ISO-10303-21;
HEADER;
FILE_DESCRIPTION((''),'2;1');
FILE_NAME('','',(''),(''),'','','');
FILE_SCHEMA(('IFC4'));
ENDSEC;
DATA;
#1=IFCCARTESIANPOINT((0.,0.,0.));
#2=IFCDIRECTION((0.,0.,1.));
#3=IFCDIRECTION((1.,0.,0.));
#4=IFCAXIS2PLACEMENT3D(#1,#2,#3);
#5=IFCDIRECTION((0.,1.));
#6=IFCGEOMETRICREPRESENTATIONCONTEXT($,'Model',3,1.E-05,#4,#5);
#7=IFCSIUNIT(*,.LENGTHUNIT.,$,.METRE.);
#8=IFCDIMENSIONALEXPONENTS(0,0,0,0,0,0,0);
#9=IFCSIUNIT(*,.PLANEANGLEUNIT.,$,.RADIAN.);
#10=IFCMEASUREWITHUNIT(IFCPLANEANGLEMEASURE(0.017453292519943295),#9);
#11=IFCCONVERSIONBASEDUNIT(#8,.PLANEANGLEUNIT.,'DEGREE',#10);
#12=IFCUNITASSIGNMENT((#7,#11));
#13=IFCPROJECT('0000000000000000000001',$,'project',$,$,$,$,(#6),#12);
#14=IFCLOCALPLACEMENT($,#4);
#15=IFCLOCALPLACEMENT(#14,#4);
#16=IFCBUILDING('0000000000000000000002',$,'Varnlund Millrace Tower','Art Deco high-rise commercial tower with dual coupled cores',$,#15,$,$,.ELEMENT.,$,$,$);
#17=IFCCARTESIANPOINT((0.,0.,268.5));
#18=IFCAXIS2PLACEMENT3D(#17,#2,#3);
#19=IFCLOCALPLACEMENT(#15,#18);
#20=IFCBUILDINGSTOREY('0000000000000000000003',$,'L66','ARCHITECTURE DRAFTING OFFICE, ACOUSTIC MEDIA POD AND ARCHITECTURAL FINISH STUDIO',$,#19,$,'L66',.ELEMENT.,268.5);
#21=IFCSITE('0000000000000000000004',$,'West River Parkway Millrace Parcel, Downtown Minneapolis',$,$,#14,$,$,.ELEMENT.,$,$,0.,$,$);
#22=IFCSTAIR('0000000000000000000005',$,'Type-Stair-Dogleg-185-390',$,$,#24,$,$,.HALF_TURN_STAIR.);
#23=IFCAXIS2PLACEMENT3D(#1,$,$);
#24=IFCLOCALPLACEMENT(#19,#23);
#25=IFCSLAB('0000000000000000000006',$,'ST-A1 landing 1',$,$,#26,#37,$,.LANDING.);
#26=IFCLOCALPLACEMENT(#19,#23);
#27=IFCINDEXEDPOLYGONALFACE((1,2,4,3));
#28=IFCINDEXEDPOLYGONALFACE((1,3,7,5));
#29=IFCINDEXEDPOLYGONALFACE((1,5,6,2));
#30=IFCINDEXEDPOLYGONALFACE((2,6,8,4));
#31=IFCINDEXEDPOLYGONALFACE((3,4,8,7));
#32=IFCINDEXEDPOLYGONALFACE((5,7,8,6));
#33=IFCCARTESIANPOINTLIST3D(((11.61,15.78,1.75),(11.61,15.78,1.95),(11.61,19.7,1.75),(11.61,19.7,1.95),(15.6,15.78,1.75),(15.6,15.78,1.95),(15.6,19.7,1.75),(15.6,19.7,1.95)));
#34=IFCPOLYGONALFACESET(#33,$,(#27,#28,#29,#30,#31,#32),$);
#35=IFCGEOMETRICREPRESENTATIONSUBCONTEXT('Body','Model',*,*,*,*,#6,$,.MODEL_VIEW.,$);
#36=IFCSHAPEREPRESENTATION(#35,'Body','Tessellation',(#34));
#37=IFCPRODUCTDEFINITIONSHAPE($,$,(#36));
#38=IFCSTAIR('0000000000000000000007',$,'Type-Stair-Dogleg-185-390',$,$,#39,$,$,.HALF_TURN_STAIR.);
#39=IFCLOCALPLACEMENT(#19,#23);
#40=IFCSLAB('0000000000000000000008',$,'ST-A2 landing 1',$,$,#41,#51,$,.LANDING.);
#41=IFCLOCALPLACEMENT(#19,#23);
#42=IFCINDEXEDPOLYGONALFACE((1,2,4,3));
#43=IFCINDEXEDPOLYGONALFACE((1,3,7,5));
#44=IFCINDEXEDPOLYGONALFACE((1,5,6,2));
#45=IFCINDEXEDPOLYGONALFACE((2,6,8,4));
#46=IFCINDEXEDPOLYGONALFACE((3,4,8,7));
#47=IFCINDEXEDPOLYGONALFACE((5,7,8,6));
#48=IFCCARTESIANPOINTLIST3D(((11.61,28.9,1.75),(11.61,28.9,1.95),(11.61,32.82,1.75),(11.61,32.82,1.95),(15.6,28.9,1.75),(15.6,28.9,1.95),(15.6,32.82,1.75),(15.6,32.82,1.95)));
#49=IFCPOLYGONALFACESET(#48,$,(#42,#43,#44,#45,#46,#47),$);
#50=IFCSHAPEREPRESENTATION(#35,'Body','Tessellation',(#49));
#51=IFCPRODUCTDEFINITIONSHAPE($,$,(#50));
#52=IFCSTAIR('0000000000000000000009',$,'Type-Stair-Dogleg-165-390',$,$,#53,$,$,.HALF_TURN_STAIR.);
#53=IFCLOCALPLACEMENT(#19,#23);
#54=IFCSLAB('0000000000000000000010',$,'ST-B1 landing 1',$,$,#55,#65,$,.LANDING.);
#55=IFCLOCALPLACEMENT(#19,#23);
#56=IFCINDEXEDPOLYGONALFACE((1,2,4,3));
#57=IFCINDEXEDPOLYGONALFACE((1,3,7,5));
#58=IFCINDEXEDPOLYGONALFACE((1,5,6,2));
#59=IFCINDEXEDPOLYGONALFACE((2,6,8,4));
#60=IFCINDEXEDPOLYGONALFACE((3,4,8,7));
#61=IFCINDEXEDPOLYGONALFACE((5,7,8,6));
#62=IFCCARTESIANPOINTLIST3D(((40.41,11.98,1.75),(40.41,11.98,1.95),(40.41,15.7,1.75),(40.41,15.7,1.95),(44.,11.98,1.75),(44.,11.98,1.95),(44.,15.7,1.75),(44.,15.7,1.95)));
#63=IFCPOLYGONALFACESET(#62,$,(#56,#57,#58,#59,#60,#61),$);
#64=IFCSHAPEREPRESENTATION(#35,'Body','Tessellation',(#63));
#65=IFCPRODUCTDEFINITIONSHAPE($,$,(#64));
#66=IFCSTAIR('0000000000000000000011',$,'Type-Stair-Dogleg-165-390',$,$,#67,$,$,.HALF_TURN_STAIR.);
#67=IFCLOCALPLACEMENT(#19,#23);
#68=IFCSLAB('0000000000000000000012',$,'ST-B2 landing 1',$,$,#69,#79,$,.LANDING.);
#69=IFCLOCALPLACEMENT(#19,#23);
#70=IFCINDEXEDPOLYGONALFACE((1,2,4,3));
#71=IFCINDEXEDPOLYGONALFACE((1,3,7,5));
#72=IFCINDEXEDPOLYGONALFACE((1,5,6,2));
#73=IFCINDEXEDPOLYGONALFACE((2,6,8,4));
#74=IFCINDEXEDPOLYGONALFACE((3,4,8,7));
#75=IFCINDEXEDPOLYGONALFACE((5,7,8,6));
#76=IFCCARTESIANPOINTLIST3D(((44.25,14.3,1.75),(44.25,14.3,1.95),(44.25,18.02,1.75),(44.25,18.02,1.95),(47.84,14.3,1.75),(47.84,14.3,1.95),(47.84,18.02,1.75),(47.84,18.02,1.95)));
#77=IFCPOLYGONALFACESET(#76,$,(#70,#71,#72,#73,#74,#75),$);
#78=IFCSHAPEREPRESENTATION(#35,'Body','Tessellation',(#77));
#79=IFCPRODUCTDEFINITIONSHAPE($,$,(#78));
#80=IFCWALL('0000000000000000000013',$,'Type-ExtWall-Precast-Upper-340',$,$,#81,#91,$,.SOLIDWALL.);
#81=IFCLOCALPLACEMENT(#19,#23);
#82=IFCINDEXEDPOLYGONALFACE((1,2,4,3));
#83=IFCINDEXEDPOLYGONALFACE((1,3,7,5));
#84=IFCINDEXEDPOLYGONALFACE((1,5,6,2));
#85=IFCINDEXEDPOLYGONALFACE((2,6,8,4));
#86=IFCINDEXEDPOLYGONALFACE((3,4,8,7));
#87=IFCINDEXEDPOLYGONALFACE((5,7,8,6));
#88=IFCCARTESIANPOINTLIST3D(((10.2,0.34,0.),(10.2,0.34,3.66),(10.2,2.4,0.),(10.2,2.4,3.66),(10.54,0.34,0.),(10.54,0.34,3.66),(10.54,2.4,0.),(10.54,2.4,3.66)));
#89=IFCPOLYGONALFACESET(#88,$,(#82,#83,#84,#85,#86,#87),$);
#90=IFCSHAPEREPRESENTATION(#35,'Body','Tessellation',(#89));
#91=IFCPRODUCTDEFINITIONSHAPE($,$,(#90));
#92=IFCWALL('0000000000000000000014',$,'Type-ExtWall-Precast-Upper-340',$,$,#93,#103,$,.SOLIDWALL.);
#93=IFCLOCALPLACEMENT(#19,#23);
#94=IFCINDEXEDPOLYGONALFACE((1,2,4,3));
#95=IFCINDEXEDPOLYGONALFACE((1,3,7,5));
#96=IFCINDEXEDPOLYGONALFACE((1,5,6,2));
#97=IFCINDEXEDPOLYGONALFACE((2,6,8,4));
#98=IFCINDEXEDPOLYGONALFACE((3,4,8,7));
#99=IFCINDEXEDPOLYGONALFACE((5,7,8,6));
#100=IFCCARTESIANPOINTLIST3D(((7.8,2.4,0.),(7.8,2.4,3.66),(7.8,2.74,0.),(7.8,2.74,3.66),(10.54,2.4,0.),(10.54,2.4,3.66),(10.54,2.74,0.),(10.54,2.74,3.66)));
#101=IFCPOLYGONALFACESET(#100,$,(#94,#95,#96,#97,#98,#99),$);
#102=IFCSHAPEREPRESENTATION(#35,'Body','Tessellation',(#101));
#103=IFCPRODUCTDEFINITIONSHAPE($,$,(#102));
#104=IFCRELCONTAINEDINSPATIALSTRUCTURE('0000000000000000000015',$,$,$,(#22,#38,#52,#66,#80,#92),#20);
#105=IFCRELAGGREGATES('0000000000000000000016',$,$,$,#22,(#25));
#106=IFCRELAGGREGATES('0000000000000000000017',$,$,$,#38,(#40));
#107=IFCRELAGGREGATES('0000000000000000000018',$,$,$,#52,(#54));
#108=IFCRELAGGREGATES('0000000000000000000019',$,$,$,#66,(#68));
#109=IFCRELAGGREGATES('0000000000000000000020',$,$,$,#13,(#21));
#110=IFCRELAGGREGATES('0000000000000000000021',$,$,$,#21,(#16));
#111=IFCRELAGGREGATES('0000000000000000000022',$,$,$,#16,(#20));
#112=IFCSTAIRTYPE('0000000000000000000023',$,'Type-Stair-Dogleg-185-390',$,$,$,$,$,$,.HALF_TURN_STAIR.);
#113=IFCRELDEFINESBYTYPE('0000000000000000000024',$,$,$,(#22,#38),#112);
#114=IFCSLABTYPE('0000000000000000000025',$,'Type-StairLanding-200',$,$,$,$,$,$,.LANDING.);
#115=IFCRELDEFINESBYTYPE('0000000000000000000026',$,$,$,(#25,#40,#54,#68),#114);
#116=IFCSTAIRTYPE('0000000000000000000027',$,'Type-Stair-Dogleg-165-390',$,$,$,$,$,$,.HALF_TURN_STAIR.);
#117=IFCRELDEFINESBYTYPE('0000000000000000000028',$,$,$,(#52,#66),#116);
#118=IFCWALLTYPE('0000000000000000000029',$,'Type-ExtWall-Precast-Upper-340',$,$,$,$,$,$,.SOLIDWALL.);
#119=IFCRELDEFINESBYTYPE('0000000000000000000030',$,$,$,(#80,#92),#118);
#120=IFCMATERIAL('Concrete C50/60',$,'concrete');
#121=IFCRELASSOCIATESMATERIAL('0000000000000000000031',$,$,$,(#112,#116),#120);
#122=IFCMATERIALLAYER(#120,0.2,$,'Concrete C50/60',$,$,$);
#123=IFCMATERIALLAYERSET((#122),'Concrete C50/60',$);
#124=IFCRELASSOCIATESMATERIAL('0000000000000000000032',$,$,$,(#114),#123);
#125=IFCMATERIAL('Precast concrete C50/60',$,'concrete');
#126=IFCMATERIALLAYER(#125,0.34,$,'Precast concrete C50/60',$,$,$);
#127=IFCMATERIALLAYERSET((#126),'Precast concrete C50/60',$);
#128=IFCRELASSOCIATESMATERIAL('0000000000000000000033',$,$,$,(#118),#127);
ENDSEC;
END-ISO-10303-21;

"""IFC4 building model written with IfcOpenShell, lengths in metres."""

from ifc_helpers import new_model, entity, si_unit, converted_unit, direction, frame, origin_with_axes, place, context, subcontext, project, spatial, polyline, outline, extrude, material, layer, layer_set, type_object, element, aggregate, save


model = new_model("IFC4")

# Units and contexts
model_context = context("Model", 3, precision=1e-05, world=origin_with_axes(), true_north=direction((0.0, 1.0)))
body_context = subcontext(model_context, "Body", "Model", "MODEL_VIEW")
ifc_project = project(units=[si_unit("LENGTHUNIT", "METRE"), converted_unit("PLANEANGLEUNIT", "DEGREE", entity("IfcPlaneAngleMeasure", 0.017453292519943295), si_unit("PLANEANGLEUNIT", "RADIAN"), dimensions=[0, 0, 0, 0, 0, 0, 0])], contexts=[model_context])

# Site, building, storey
site_placement = place(None, origin_with_axes())
site = spatial("IfcSite", under=ifc_project, at=site_placement, Name="West River Parkway Millrace Parcel, Downtown Minneapolis", CompositionType="ELEMENT", RefElevation=0.0)
building_placement = place(site_placement, origin_with_axes())
building = spatial("IfcBuilding", under=site, at=building_placement, Name="Varnlund Millrace Tower", Description="Art Deco high-rise commercial tower with dual coupled cores", CompositionType="ELEMENT")
storey_placement = place(building_placement, frame((0.0, 0.0, 268.5), z_axis=(0.0, 0.0, 1.0), x_axis=(1.0, 0.0, 0.0)))
storey = spatial("IfcBuildingStorey", under=building, at=storey_placement, Name="L66", Description="ARCHITECTURE DRAFTING OFFICE, ACOUSTIC MEDIA POD AND ARCHITECTURAL FINISH STUDIO", LongName="L66", CompositionType="ELEMENT", Elevation=268.5)

# Stairs, slabs
ifc_material_1 = material(Name="Concrete C50/60", Category="concrete")
stair_type_1 = type_object("IfcStairType", Name="Type-Stair-Dogleg-185-390", PredefinedType="HALF_TURN_STAIR", material=ifc_material_1)
stair_1_placement = place(storey_placement, origin_with_axes())
stair_1 = element("IfcStair", 1, at=stair_1_placement, inside=storey, type_object=stair_type_1, Name="Type-Stair-Dogleg-185-390", PredefinedType="HALF_TURN_STAIR")
ifc_layer_1 = layer(ifc_material_1, 0.2, Name="Concrete C50/60")
ifc_layer_set_1 = layer_set([ifc_layer_1], Name="Concrete C50/60")
slab_type = type_object("IfcSlabType", Name="Type-StairLanding-200", PredefinedType="LANDING", material=ifc_layer_set_1)
slab_1_placement = place(storey_placement, frame((0.0, 0.0, 1.75), z_axis=(0.0, 0.0, 1.0), x_axis=(1.0, 0.0, 0.0)))
slab_1 = element("IfcSlab", 2, at=slab_1_placement, type_object=slab_type, Name="ST-A1 landing 1", PredefinedType="LANDING", context=body_context, shape_type="SweptSolid", body=[
    extrude(outline(polyline([(15.6, 15.78), (15.6, 19.7), (11.61, 19.7), (11.61, 15.78), (15.6, 15.78)])), origin_with_axes(), (0.0, 0.0, 1.0), 0.2),
])
aggregate(stair_1, [slab_1])
stair_2_placement = place(storey_placement, origin_with_axes())
stair_2 = element("IfcStair", 3, at=stair_2_placement, inside=storey, type_object=stair_type_1, Name="Type-Stair-Dogleg-185-390", PredefinedType="HALF_TURN_STAIR")
slab_2_placement = place(storey_placement, frame((0.0, 0.0, 1.75), z_axis=(0.0, 0.0, 1.0), x_axis=(1.0, 0.0, 0.0)))
slab_2 = element("IfcSlab", 4, at=slab_2_placement, type_object=slab_type, Name="ST-A2 landing 1", PredefinedType="LANDING", context=body_context, shape_type="SweptSolid", body=[
    extrude(outline(polyline([(11.61, 32.82), (11.61, 28.9), (15.6, 28.9), (15.6, 32.82), (11.61, 32.82)])), origin_with_axes(), (0.0, 0.0, 1.0), 0.2),
])
aggregate(stair_2, [slab_2])
stair_type_2 = type_object("IfcStairType", Name="Type-Stair-Dogleg-165-390", PredefinedType="HALF_TURN_STAIR", material=ifc_material_1)
stair_3_placement = place(storey_placement, origin_with_axes())
stair_3 = element("IfcStair", 5, at=stair_3_placement, inside=storey, type_object=stair_type_2, Name="Type-Stair-Dogleg-165-390", PredefinedType="HALF_TURN_STAIR")
slab_3_placement = place(storey_placement, frame((0.0, 0.0, 1.75), z_axis=(0.0, 0.0, 1.0), x_axis=(1.0, 0.0, 0.0)))
slab_3 = element("IfcSlab", 6, at=slab_3_placement, type_object=slab_type, Name="ST-B1 landing 1", PredefinedType="LANDING", context=body_context, shape_type="SweptSolid", body=[
    extrude(outline(polyline([(44.0, 11.98), (44.0, 15.7), (40.41, 15.7), (40.41, 11.98), (44.0, 11.98)])), origin_with_axes(), (0.0, 0.0, 1.0), 0.2),
])
aggregate(stair_3, [slab_3])
stair_4_placement = place(storey_placement, origin_with_axes())
stair_4 = element("IfcStair", 7, at=stair_4_placement, inside=storey, type_object=stair_type_2, Name="Type-Stair-Dogleg-165-390", PredefinedType="HALF_TURN_STAIR")
slab_4_placement = place(storey_placement, frame((0.0, 0.0, 1.75), z_axis=(0.0, 0.0, 1.0), x_axis=(1.0, 0.0, 0.0)))
slab_4 = element("IfcSlab", 8, at=slab_4_placement, type_object=slab_type, Name="ST-B2 landing 1", PredefinedType="LANDING", context=body_context, shape_type="SweptSolid", body=[
    extrude(outline(polyline([(44.25, 18.02), (44.25, 14.3), (47.84, 14.3), (47.84, 18.02), (44.25, 18.02)])), origin_with_axes(), (0.0, 0.0, 1.0), 0.2),
])
aggregate(stair_4, [slab_4])

# Walls
ifc_material_2 = material(Name="Precast concrete C50/60", Category="concrete")
ifc_layer_2 = layer(ifc_material_2, 0.34, Name="Precast concrete C50/60")
ifc_layer_set_2 = layer_set([ifc_layer_2], Name="Precast concrete C50/60")
wall_type = type_object("IfcWallType", Name="Type-ExtWall-Precast-Upper-340", PredefinedType="SOLIDWALL", material=ifc_layer_set_2)
wall_1_placement = place(storey_placement, frame((10.37, 0.34, 0.0), z_axis=(0.0, 0.0, 1.0), x_axis=(0.0, 1.0, 0.0)))
element("IfcWall", 9, at=wall_1_placement, inside=storey, type_object=wall_type, Name="Type-ExtWall-Precast-Upper-340", PredefinedType="SOLIDWALL", context=body_context, shape_type="SweptSolid", body=[
    extrude(outline(polyline([(0.0, -0.17), (2.06, -0.17), (2.06, 0.17), (0.0, 0.17), (0.0, -0.17)])), origin_with_axes(), (0.0, 0.0, 1.0), 3.66),
])
wall_2_placement = place(storey_placement, frame((10.54, 2.57, 0.0), z_axis=(0.0, 0.0, 1.0), x_axis=(-1.0, 0.0, 0.0)))
element("IfcWall", 10, at=wall_2_placement, inside=storey, type_object=wall_type, Name="Type-ExtWall-Precast-Upper-340", PredefinedType="SOLIDWALL", context=body_context, shape_type="SweptSolid", body=[
    extrude(outline(polyline([(0.0, -0.17), (2.74, -0.17), (2.74, 0.17), (0.0, 0.17), (0.0, -0.17)])), origin_with_axes(), (0.0, 0.0, 1.0), 3.66),
])

save(model, "model.ifc")
